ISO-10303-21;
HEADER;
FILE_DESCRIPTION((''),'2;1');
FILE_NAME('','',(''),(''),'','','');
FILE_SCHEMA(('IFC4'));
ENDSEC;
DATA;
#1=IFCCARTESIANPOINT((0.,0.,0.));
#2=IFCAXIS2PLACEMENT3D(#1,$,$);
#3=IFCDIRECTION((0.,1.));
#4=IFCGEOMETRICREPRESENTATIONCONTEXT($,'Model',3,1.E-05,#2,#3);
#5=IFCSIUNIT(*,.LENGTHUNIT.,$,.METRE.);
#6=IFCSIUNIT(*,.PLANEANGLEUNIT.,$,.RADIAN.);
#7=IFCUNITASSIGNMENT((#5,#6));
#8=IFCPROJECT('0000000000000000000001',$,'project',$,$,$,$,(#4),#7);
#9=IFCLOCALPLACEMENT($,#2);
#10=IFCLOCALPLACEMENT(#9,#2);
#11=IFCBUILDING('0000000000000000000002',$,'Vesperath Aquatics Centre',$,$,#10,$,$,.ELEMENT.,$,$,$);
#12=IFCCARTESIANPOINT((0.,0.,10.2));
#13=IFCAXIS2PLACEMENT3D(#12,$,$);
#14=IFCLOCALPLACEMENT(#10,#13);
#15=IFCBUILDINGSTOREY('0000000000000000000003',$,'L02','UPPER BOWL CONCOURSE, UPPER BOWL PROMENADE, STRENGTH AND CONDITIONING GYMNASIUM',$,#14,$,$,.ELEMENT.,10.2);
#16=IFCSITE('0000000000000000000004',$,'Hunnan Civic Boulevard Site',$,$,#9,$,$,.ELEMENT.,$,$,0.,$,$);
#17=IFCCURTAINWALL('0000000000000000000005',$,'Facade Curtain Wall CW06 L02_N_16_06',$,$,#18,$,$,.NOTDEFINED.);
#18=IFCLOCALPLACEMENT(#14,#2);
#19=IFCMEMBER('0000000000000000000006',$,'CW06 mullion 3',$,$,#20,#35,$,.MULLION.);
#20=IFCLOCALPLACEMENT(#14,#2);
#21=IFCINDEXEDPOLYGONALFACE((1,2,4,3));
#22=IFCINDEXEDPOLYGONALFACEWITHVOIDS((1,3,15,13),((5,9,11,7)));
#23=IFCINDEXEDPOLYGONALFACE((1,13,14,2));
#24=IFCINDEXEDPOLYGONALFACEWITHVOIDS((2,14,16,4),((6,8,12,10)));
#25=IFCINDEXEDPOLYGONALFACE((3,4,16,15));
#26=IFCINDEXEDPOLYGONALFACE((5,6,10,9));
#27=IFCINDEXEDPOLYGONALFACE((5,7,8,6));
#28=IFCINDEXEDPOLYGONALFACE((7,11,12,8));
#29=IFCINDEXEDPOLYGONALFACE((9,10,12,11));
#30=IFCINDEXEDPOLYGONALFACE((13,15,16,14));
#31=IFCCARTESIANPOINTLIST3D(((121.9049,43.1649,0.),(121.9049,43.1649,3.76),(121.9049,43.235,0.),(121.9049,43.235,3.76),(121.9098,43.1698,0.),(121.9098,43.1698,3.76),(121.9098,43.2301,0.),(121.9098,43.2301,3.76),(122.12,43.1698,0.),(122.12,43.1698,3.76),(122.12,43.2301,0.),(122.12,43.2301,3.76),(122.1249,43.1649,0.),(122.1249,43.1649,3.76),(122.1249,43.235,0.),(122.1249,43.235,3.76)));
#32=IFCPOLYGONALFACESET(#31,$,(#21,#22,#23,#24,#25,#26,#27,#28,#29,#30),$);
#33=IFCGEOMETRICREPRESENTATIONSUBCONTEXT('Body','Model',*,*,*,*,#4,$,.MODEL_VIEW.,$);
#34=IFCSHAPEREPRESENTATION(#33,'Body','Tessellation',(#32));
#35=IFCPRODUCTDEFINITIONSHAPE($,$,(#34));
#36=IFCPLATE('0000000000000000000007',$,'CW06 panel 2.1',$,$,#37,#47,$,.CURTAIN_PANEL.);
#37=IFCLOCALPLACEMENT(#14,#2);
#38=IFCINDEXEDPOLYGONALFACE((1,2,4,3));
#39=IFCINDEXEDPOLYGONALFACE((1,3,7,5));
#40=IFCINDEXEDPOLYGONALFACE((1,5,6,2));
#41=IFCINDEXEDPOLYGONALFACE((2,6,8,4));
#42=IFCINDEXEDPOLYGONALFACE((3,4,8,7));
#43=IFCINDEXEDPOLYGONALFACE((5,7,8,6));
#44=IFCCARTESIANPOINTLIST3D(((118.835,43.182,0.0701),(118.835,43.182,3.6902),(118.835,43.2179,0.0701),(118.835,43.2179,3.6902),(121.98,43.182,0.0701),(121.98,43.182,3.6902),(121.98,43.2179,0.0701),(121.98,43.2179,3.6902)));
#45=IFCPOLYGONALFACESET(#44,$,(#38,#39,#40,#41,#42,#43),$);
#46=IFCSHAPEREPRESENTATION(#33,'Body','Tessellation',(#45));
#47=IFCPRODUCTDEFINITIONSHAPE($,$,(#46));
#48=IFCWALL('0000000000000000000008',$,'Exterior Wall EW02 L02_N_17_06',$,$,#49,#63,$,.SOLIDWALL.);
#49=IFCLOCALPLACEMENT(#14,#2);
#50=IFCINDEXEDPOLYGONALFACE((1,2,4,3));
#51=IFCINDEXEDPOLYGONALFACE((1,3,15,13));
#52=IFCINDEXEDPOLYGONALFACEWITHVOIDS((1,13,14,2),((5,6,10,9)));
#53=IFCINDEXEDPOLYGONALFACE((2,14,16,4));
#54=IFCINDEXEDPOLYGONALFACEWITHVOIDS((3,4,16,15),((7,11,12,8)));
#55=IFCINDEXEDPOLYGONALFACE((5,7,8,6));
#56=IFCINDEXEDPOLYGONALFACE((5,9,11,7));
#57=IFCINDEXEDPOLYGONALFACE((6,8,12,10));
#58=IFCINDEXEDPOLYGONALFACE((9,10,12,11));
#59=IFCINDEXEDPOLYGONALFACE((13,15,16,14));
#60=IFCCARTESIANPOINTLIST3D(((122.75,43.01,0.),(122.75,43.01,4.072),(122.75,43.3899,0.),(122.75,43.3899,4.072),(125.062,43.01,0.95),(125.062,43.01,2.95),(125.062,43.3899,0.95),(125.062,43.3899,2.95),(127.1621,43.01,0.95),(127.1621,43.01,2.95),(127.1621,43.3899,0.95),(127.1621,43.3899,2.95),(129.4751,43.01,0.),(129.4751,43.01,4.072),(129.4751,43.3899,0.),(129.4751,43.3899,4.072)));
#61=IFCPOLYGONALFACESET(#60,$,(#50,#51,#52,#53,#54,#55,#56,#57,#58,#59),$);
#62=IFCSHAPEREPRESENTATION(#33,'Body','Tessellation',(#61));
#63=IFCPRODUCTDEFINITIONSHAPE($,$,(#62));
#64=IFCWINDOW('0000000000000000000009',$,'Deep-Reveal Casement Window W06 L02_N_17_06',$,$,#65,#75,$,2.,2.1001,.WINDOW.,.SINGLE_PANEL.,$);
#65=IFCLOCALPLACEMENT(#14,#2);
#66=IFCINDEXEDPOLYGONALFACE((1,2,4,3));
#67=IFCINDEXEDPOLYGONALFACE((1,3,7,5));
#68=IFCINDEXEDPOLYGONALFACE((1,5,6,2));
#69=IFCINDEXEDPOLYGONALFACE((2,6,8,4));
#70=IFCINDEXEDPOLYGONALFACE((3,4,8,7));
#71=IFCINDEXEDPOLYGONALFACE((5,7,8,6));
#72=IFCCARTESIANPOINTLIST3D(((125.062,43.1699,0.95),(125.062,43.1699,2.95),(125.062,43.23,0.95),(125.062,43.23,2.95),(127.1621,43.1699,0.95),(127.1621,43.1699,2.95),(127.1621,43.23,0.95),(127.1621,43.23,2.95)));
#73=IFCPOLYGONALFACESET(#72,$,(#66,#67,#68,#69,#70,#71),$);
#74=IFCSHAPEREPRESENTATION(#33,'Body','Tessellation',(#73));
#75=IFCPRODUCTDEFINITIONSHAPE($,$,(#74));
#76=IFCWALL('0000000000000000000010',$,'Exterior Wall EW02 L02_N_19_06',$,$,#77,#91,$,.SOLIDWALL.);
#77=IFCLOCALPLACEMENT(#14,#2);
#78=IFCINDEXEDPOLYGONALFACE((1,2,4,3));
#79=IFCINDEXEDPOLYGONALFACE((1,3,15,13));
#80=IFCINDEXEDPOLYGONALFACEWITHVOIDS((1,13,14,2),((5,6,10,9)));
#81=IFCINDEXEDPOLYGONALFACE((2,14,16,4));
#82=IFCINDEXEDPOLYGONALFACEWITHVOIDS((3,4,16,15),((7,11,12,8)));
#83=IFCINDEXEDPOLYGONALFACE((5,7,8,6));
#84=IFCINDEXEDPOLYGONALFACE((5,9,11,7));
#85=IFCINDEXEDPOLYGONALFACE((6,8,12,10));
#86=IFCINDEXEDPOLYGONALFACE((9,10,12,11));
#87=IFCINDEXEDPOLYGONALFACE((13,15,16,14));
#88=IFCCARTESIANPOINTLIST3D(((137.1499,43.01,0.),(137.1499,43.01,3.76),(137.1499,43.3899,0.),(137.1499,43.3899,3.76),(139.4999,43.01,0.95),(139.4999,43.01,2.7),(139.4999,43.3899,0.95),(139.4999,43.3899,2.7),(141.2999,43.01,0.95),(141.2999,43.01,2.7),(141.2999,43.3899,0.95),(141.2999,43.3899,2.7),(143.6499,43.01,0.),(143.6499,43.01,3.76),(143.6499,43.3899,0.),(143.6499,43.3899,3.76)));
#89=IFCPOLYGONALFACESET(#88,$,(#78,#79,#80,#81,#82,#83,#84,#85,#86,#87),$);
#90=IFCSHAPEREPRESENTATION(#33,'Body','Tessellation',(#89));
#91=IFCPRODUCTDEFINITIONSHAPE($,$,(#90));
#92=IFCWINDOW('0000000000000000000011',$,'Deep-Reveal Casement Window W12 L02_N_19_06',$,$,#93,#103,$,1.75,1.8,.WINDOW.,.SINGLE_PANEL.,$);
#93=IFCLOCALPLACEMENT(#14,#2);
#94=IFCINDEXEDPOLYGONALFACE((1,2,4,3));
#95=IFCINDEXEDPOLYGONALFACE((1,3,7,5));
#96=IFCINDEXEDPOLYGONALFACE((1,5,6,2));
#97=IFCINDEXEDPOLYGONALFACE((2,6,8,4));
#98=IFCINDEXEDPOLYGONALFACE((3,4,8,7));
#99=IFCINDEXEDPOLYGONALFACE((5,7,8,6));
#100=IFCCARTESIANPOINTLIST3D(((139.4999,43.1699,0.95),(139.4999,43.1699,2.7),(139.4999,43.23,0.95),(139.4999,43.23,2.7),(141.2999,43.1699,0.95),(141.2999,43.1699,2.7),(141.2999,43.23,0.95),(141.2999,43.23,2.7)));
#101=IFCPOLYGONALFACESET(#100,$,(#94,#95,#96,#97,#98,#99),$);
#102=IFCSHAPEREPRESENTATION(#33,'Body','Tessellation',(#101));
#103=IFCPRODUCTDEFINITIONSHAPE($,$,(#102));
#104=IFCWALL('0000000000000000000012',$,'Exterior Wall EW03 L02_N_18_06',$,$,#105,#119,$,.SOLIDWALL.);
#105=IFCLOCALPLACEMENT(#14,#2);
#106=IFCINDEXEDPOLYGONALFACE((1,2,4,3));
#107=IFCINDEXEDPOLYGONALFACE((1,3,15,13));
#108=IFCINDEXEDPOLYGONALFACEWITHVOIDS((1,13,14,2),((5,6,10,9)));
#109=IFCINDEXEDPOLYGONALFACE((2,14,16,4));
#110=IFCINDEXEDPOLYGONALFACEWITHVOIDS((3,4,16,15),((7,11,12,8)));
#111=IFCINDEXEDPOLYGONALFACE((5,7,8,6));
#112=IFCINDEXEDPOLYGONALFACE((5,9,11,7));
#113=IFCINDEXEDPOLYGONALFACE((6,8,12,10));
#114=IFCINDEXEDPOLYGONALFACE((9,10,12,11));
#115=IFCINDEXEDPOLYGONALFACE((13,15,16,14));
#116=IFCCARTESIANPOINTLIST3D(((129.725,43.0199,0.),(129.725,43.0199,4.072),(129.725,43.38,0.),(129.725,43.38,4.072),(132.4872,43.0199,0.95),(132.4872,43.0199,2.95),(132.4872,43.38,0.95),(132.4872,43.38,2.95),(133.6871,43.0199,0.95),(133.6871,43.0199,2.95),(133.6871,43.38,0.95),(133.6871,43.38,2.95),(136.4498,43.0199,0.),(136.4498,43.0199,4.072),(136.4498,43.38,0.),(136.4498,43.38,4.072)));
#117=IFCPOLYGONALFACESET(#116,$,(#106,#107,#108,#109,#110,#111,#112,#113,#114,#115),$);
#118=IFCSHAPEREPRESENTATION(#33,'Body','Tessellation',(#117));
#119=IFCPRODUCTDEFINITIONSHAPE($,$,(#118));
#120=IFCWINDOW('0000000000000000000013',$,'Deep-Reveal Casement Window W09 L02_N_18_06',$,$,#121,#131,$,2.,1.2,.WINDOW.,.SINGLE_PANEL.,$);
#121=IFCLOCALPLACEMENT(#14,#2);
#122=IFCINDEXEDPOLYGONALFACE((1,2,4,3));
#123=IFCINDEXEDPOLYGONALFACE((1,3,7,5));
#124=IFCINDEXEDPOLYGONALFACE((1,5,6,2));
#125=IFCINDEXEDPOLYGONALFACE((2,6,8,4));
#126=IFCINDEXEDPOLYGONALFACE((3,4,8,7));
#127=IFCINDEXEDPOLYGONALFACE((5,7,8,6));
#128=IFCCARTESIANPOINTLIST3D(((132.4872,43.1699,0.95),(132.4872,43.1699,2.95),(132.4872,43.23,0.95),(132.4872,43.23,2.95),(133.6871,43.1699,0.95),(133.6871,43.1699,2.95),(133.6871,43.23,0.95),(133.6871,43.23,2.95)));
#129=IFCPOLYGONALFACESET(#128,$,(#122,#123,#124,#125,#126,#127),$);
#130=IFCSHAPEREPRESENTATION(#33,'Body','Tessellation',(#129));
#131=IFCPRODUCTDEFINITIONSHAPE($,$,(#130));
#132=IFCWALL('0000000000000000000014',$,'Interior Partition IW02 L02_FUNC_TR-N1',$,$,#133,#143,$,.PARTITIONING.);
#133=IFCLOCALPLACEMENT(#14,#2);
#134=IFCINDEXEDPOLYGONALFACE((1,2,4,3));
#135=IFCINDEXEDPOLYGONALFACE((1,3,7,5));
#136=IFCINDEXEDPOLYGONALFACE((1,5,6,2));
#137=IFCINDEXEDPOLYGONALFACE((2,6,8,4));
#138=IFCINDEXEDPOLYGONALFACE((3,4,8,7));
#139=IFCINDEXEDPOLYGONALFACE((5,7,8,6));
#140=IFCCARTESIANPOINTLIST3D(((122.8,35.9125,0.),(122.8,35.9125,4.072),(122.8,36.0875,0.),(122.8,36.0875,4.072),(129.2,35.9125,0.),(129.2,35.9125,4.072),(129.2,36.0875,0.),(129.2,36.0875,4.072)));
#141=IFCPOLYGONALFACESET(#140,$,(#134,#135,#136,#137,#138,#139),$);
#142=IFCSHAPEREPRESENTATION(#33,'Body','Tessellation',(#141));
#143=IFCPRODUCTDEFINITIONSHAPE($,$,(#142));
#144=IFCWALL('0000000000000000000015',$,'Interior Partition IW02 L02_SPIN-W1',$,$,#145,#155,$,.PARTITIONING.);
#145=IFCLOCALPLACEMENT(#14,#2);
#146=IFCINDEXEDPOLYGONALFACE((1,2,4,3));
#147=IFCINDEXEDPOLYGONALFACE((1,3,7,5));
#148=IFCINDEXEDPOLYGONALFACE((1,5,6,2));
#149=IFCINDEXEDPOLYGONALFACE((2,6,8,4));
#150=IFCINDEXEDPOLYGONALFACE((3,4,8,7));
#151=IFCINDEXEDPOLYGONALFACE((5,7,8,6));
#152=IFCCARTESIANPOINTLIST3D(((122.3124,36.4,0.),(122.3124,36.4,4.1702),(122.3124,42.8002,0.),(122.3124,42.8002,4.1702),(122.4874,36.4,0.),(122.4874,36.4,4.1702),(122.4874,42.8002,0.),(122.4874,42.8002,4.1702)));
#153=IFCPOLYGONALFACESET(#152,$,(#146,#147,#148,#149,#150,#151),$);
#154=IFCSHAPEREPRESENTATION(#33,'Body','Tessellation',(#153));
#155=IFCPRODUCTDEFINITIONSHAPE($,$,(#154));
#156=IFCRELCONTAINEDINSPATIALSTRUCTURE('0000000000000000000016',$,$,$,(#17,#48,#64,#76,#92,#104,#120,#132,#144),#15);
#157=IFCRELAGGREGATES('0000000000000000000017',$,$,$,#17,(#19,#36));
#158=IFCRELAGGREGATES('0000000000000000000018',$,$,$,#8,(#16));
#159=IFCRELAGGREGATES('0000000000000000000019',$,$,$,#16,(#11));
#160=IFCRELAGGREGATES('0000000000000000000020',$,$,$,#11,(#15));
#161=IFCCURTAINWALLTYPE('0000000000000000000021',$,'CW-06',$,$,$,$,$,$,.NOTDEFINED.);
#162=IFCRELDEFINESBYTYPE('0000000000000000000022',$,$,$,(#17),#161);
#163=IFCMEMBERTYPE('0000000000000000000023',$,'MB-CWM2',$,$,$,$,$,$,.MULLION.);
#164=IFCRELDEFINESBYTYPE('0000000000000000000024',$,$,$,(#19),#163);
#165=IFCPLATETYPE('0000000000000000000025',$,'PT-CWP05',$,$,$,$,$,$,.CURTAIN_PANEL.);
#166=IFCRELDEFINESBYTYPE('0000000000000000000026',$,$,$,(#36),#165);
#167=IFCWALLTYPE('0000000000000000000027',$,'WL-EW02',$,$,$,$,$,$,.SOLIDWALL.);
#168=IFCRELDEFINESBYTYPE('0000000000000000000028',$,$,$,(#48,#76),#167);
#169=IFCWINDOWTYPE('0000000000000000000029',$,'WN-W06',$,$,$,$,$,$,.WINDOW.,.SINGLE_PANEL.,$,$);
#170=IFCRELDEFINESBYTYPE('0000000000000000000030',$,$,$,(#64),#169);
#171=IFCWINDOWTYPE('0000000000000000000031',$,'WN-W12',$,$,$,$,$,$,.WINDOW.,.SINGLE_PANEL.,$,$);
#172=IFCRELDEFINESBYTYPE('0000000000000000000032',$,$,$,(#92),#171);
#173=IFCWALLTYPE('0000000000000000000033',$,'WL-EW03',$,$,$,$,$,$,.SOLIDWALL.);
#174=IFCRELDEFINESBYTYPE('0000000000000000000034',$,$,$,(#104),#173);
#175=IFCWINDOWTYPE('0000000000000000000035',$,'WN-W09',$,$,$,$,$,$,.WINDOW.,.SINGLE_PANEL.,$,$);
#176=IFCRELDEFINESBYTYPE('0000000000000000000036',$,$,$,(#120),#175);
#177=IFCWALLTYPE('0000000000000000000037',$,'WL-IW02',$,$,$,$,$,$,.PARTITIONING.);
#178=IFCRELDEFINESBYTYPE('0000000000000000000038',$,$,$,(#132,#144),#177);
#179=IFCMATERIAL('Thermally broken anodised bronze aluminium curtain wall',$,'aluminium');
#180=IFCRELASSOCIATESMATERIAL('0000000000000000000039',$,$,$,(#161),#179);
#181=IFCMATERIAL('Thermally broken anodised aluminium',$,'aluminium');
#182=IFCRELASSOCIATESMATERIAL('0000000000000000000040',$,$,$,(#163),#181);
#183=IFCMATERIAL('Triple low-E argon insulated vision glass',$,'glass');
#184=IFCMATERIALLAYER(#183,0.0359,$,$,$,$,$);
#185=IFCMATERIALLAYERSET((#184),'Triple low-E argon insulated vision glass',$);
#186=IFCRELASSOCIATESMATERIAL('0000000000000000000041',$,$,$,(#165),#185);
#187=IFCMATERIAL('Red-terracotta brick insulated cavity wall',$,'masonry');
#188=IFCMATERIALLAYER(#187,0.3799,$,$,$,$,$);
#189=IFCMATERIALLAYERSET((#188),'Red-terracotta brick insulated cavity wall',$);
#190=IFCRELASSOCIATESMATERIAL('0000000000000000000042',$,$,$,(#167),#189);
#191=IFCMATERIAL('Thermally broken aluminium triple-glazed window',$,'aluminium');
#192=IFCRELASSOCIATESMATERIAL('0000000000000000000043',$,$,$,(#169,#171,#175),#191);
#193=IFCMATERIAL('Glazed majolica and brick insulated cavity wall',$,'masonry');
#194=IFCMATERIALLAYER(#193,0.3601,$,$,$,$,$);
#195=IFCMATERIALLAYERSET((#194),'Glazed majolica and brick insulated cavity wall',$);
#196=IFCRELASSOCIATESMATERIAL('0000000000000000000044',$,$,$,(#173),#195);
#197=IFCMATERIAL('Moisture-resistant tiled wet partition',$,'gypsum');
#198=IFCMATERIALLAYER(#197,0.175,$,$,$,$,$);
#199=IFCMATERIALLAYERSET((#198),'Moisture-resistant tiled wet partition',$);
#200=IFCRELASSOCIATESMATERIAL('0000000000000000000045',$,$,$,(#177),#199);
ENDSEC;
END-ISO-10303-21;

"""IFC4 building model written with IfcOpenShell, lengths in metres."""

from ifc_helpers import new_model, si_unit, direction, frame, frame_2d, origin, origin_2d, place, context, subcontext, project, spatial, rectangle, hollow_rectangle, extrude, material, layer, layer_set, material_profile, profile_set, type_object, element, fill, aggregate, save


model = new_model("IFC4")

# Units and contexts
model_context = context("Model", 3, precision=1e-05, world=origin(), true_north=direction((0.0, 1.0)))
body_context = subcontext(model_context, "Body", "Model", "MODEL_VIEW")
ifc_project = project(units=[si_unit("LENGTHUNIT", "METRE"), si_unit("PLANEANGLEUNIT", "RADIAN")], contexts=[model_context])

# Site, building, storey
site_placement = place(None, origin())
site = spatial("IfcSite", under=ifc_project, at=site_placement, Name="Hunnan Civic Boulevard Site", CompositionType="ELEMENT", RefElevation=0.0)
building_placement = place(site_placement, origin())
building = spatial("IfcBuilding", under=site, at=building_placement, Name="Vesperath Aquatics Centre", CompositionType="ELEMENT")
storey_placement = place(building_placement, frame((0.0, 0.0, 10.2)))
storey = spatial("IfcBuildingStorey", under=building, at=storey_placement, Name="L02", Description="UPPER BOWL CONCOURSE, UPPER BOWL PROMENADE, STRENGTH AND CONDITIONING GYMNASIUM", CompositionType="ELEMENT", Elevation=10.2)

# Curtain wall, member, plate
ifc_material_1 = material(Name="Thermally broken anodised bronze aluminium curtain wall", Category="aluminium")
curtain_wall_type = type_object("IfcCurtainWallType", Name="CW-06", PredefinedType="NOTDEFINED", material=ifc_material_1)
curtain_wall_placement = place(storey_placement, origin())
curtain_wall = element("IfcCurtainWall", 1, at=curtain_wall_placement, inside=storey, type_object=curtain_wall_type, Name="Facade Curtain Wall CW06 L02_N_16_06", PredefinedType="NOTDEFINED")
ifc_material_2 = material(Name="Thermally broken anodised aluminium", Category="aluminium")
ifc_material_profile_1 = material_profile(ifc_material_2, hollow_rectangle(XDim=0.0701, YDim=0.22, WallThickness=0.0049, at=origin_2d()), Name="CWM 70x220x5")
ifc_profile_set_1 = profile_set([ifc_material_profile_1], Name="Thermally broken anodised aluminium")
member_type = type_object("IfcMemberType", Name="MB-CWM2", PredefinedType="MULLION", material=ifc_profile_set_1)
member_placement = place(storey_placement, frame((122.0149, 43.2, 0.0), z_axis=(0.0, 0.0, 1.0), x_axis=(0.0, 1.0, 0.0)))
member = element("IfcMember", 2, at=member_placement, type_object=member_type, Name="CW06 mullion 3", PredefinedType="MULLION", context=body_context, shape_type="SweptSolid", body=[
    extrude(hollow_rectangle(XDim=0.0701, YDim=0.22, WallThickness=0.0049, at=origin_2d()), origin(), (0.0, 0.0, 1.0), 3.76),
])
ifc_material_3 = material(Name="Triple low-E argon insulated vision glass", Category="glass")
ifc_layer_1 = layer(ifc_material_3, 0.0359)
ifc_layer_set_1 = layer_set([ifc_layer_1], Name="Triple low-E argon insulated vision glass")
plate_type = type_object("IfcPlateType", Name="PT-CWP05", PredefinedType="CURTAIN_PANEL", material=ifc_layer_set_1)
plate_placement = place(storey_placement, frame((120.4075, 43.2, 0.0701), z_axis=(0.0, 0.0, 1.0), x_axis=(1.0, 0.0, 0.0)))
plate = element("IfcPlate", 3, at=plate_placement, type_object=plate_type, Name="CW06 panel 2.1", PredefinedType="CURTAIN_PANEL", context=body_context, shape_type="SweptSolid", body=[
    extrude(rectangle(XDim=3.145, YDim=0.0359, at=origin_2d()), origin(), (0.0, 0.0, 1.0), 3.6201),
])
aggregate(curtain_wall, [member, plate])

# Walls, openings, windows
ifc_material_4 = material(Name="Red-terracotta brick insulated cavity wall", Category="masonry")
ifc_layer_2 = layer(ifc_material_4, 0.3799)
ifc_layer_set_2 = layer_set([ifc_layer_2], Name="Red-terracotta brick insulated cavity wall")
wall_type_1 = type_object("IfcWallType", Name="WL-EW02", PredefinedType="SOLIDWALL", material=ifc_layer_set_2)
wall_1_placement = place(storey_placement, frame((122.75, 43.2, 0.0), z_axis=(0.0, 0.0, 1.0), x_axis=(1.0, 0.0, 0.0)))
wall_1 = element("IfcWall", 4, at=wall_1_placement, inside=storey, type_object=wall_type_1, Name="Exterior Wall EW02 L02_N_17_06", PredefinedType="SOLIDWALL", context=body_context, shape_type="SweptSolid", body=[
    extrude(rectangle(XDim=6.7251, YDim=0.3799, at=frame_2d((3.3625, 0.0))), origin(), (0.0, 0.0, 1.0), 4.072),
])
opening_1_placement = place(wall_1_placement, frame((2.312, 0.0, 0.95)))
opening_1 = element("IfcOpeningElement", 5, at=opening_1_placement, cuts=wall_1, PredefinedType="OPENING", context=body_context, shape_type="SweptSolid", body=[
    extrude(rectangle(XDim=2.1001, YDim=2.0, at=frame_2d((1.05, 1.0))), frame((0.0, 0.2048, 0.0), z_axis=(0.0, -1.0, 0.0), x_axis=(1.0, 0.0, 0.0)), (0.0, 0.0, 1.0), 0.4097),
])
ifc_material_5 = material(Name="Thermally broken aluminium triple-glazed window", Category="aluminium")
window_type_1 = type_object("IfcWindowType", Name="WN-W06", PartitioningType="SINGLE_PANEL", PredefinedType="WINDOW", material=ifc_material_5)
window_1_placement = place(opening_1_placement, origin())
window_1 = element("IfcWindow", 6, at=window_1_placement, inside=storey, type_object=window_type_1, Name="Deep-Reveal Casement Window W06 L02_N_17_06", OverallHeight=2.0, OverallWidth=2.1001, PartitioningType="SINGLE_PANEL", PredefinedType="WINDOW", context=body_context, shape_type="SweptSolid", body=[
    extrude(rectangle(XDim=2.1001, YDim=2.0, at=frame_2d((1.05, 1.0))), frame((0.0, 0.03, 0.0), z_axis=(0.0, -1.0, 0.0), x_axis=(1.0, 0.0, 0.0)), (0.0, 0.0, 1.0), 0.0601),
])
fill(opening_1, window_1)
wall_2_placement = place(storey_placement, frame((137.1499, 43.2, 0.0), z_axis=(0.0, 0.0, 1.0), x_axis=(1.0, 0.0, 0.0)))
wall_2 = element("IfcWall", 7, at=wall_2_placement, inside=storey, type_object=wall_type_1, Name="Exterior Wall EW02 L02_N_19_06", PredefinedType="SOLIDWALL", context=body_context, shape_type="SweptSolid", body=[
    extrude(rectangle(XDim=6.5, YDim=0.3799, at=frame_2d((3.25, 0.0))), origin(), (0.0, 0.0, 1.0), 3.76),
])
opening_2_placement = place(wall_2_placement, frame((2.3501, 0.0, 0.95)))
opening_2 = element("IfcOpeningElement", 8, at=opening_2_placement, cuts=wall_2, PredefinedType="OPENING", context=body_context, shape_type="SweptSolid", body=[
    extrude(rectangle(XDim=1.8, YDim=1.75, at=frame_2d((0.8999, 0.875))), frame((0.0, 0.2048, 0.0), z_axis=(0.0, -1.0, 0.0), x_axis=(1.0, 0.0, 0.0)), (0.0, 0.0, 1.0), 0.4097),
])
window_type_2 = type_object("IfcWindowType", Name="WN-W12", PartitioningType="SINGLE_PANEL", PredefinedType="WINDOW", material=ifc_material_5)
window_2_placement = place(opening_2_placement, origin())
window_2 = element("IfcWindow", 9, at=window_2_placement, inside=storey, type_object=window_type_2, Name="Deep-Reveal Casement Window W12 L02_N_19_06", OverallHeight=1.75, OverallWidth=1.8, PartitioningType="SINGLE_PANEL", PredefinedType="WINDOW", context=body_context, shape_type="SweptSolid", body=[
    extrude(rectangle(XDim=1.8, YDim=1.75, at=frame_2d((0.8999, 0.875))), frame((0.0, 0.03, 0.0), z_axis=(0.0, -1.0, 0.0), x_axis=(1.0, 0.0, 0.0)), (0.0, 0.0, 1.0), 0.0601),
])
fill(opening_2, window_2)
ifc_material_6 = material(Name="Glazed majolica and brick insulated cavity wall", Category="masonry")
ifc_layer_3 = layer(ifc_material_6, 0.3601)
ifc_layer_set_3 = layer_set([ifc_layer_3], Name="Glazed majolica and brick insulated cavity wall")
wall_type_2 = type_object("IfcWallType", Name="WL-EW03", PredefinedType="SOLIDWALL", material=ifc_layer_set_3)
wall_3_placement = place(storey_placement, frame((129.7251, 43.2, 0.0), z_axis=(0.0, 0.0, 1.0), x_axis=(1.0, 0.0, 0.0)))
wall_3 = element("IfcWall", 10, at=wall_3_placement, inside=storey, type_object=wall_type_2, Name="Exterior Wall EW03 L02_N_18_06", PredefinedType="SOLIDWALL", context=body_context, shape_type="SweptSolid", body=[
    extrude(rectangle(XDim=6.7249, YDim=0.3601, at=frame_2d((3.3623, 0.0))), origin(), (0.0, 0.0, 1.0), 4.072),
])
opening_3_placement = place(wall_3_placement, frame((2.762, 0.0, 0.95)))
opening_3 = element("IfcOpeningElement", 11, at=opening_3_placement, cuts=wall_3, PredefinedType="OPENING", context=body_context, shape_type="SweptSolid", body=[
    extrude(rectangle(XDim=1.2, YDim=2.0, at=frame_2d((0.6001, 1.0))), frame((0.0, 0.1948, 0.0), z_axis=(0.0, -1.0, 0.0), x_axis=(1.0, 0.0, 0.0)), (0.0, 0.0, 1.0), 0.3899),
])
window_type_3 = type_object("IfcWindowType", Name="WN-W09", PartitioningType="SINGLE_PANEL", PredefinedType="WINDOW", material=ifc_material_5)
window_3_placement = place(opening_3_placement, origin())
window_3 = element("IfcWindow", 12, at=window_3_placement, inside=storey, type_object=window_type_3, Name="Deep-Reveal Casement Window W09 L02_N_18_06", OverallHeight=2.0, OverallWidth=1.2, PartitioningType="SINGLE_PANEL", PredefinedType="WINDOW", context=body_context, shape_type="SweptSolid", body=[
    extrude(rectangle(XDim=1.2, YDim=2.0, at=frame_2d((0.6001, 1.0))), frame((0.0, 0.03, 0.0), z_axis=(0.0, -1.0, 0.0), x_axis=(1.0, 0.0, 0.0)), (0.0, 0.0, 1.0), 0.0601),
])
fill(opening_3, window_3)

# Walls
ifc_material_7 = material(Name="Moisture-resistant tiled wet partition", Category="gypsum")
ifc_layer_4 = layer(ifc_material_7, 0.175)
ifc_layer_set_4 = layer_set([ifc_layer_4], Name="Moisture-resistant tiled wet partition")
wall_type_3 = type_object("IfcWallType", Name="WL-IW02", PredefinedType="PARTITIONING", material=ifc_layer_set_4)
wall_4_placement = place(storey_placement, frame((122.8, 36.0, 0.0), z_axis=(0.0, 0.0, 1.0), x_axis=(1.0, 0.0, 0.0)))
element("IfcWall", 13, at=wall_4_placement, inside=storey, type_object=wall_type_3, Name="Interior Partition IW02 L02_FUNC_TR-N1", PredefinedType="PARTITIONING", context=body_context, shape_type="SweptSolid", body=[
    extrude(rectangle(XDim=6.3999, YDim=0.175, at=frame_2d((3.2, 0.0))), origin(), (0.0, 0.0, 1.0), 4.072),
])
wall_5_placement = place(storey_placement, frame((122.3999, 36.3999, 0.0), z_axis=(0.0, 0.0, 1.0), x_axis=(0.0, 1.0, 0.0)))
element("IfcWall", 14, at=wall_5_placement, inside=storey, type_object=wall_type_3, Name="Interior Partition IW02 L02_SPIN-W1", PredefinedType="PARTITIONING", context=body_context, shape_type="SweptSolid", body=[
    extrude(rectangle(XDim=6.4001, YDim=0.175, at=frame_2d((3.2002, 0.0))), origin(), (0.0, 0.0, 1.0), 4.1702),
])

save(model, "model.ifc")
